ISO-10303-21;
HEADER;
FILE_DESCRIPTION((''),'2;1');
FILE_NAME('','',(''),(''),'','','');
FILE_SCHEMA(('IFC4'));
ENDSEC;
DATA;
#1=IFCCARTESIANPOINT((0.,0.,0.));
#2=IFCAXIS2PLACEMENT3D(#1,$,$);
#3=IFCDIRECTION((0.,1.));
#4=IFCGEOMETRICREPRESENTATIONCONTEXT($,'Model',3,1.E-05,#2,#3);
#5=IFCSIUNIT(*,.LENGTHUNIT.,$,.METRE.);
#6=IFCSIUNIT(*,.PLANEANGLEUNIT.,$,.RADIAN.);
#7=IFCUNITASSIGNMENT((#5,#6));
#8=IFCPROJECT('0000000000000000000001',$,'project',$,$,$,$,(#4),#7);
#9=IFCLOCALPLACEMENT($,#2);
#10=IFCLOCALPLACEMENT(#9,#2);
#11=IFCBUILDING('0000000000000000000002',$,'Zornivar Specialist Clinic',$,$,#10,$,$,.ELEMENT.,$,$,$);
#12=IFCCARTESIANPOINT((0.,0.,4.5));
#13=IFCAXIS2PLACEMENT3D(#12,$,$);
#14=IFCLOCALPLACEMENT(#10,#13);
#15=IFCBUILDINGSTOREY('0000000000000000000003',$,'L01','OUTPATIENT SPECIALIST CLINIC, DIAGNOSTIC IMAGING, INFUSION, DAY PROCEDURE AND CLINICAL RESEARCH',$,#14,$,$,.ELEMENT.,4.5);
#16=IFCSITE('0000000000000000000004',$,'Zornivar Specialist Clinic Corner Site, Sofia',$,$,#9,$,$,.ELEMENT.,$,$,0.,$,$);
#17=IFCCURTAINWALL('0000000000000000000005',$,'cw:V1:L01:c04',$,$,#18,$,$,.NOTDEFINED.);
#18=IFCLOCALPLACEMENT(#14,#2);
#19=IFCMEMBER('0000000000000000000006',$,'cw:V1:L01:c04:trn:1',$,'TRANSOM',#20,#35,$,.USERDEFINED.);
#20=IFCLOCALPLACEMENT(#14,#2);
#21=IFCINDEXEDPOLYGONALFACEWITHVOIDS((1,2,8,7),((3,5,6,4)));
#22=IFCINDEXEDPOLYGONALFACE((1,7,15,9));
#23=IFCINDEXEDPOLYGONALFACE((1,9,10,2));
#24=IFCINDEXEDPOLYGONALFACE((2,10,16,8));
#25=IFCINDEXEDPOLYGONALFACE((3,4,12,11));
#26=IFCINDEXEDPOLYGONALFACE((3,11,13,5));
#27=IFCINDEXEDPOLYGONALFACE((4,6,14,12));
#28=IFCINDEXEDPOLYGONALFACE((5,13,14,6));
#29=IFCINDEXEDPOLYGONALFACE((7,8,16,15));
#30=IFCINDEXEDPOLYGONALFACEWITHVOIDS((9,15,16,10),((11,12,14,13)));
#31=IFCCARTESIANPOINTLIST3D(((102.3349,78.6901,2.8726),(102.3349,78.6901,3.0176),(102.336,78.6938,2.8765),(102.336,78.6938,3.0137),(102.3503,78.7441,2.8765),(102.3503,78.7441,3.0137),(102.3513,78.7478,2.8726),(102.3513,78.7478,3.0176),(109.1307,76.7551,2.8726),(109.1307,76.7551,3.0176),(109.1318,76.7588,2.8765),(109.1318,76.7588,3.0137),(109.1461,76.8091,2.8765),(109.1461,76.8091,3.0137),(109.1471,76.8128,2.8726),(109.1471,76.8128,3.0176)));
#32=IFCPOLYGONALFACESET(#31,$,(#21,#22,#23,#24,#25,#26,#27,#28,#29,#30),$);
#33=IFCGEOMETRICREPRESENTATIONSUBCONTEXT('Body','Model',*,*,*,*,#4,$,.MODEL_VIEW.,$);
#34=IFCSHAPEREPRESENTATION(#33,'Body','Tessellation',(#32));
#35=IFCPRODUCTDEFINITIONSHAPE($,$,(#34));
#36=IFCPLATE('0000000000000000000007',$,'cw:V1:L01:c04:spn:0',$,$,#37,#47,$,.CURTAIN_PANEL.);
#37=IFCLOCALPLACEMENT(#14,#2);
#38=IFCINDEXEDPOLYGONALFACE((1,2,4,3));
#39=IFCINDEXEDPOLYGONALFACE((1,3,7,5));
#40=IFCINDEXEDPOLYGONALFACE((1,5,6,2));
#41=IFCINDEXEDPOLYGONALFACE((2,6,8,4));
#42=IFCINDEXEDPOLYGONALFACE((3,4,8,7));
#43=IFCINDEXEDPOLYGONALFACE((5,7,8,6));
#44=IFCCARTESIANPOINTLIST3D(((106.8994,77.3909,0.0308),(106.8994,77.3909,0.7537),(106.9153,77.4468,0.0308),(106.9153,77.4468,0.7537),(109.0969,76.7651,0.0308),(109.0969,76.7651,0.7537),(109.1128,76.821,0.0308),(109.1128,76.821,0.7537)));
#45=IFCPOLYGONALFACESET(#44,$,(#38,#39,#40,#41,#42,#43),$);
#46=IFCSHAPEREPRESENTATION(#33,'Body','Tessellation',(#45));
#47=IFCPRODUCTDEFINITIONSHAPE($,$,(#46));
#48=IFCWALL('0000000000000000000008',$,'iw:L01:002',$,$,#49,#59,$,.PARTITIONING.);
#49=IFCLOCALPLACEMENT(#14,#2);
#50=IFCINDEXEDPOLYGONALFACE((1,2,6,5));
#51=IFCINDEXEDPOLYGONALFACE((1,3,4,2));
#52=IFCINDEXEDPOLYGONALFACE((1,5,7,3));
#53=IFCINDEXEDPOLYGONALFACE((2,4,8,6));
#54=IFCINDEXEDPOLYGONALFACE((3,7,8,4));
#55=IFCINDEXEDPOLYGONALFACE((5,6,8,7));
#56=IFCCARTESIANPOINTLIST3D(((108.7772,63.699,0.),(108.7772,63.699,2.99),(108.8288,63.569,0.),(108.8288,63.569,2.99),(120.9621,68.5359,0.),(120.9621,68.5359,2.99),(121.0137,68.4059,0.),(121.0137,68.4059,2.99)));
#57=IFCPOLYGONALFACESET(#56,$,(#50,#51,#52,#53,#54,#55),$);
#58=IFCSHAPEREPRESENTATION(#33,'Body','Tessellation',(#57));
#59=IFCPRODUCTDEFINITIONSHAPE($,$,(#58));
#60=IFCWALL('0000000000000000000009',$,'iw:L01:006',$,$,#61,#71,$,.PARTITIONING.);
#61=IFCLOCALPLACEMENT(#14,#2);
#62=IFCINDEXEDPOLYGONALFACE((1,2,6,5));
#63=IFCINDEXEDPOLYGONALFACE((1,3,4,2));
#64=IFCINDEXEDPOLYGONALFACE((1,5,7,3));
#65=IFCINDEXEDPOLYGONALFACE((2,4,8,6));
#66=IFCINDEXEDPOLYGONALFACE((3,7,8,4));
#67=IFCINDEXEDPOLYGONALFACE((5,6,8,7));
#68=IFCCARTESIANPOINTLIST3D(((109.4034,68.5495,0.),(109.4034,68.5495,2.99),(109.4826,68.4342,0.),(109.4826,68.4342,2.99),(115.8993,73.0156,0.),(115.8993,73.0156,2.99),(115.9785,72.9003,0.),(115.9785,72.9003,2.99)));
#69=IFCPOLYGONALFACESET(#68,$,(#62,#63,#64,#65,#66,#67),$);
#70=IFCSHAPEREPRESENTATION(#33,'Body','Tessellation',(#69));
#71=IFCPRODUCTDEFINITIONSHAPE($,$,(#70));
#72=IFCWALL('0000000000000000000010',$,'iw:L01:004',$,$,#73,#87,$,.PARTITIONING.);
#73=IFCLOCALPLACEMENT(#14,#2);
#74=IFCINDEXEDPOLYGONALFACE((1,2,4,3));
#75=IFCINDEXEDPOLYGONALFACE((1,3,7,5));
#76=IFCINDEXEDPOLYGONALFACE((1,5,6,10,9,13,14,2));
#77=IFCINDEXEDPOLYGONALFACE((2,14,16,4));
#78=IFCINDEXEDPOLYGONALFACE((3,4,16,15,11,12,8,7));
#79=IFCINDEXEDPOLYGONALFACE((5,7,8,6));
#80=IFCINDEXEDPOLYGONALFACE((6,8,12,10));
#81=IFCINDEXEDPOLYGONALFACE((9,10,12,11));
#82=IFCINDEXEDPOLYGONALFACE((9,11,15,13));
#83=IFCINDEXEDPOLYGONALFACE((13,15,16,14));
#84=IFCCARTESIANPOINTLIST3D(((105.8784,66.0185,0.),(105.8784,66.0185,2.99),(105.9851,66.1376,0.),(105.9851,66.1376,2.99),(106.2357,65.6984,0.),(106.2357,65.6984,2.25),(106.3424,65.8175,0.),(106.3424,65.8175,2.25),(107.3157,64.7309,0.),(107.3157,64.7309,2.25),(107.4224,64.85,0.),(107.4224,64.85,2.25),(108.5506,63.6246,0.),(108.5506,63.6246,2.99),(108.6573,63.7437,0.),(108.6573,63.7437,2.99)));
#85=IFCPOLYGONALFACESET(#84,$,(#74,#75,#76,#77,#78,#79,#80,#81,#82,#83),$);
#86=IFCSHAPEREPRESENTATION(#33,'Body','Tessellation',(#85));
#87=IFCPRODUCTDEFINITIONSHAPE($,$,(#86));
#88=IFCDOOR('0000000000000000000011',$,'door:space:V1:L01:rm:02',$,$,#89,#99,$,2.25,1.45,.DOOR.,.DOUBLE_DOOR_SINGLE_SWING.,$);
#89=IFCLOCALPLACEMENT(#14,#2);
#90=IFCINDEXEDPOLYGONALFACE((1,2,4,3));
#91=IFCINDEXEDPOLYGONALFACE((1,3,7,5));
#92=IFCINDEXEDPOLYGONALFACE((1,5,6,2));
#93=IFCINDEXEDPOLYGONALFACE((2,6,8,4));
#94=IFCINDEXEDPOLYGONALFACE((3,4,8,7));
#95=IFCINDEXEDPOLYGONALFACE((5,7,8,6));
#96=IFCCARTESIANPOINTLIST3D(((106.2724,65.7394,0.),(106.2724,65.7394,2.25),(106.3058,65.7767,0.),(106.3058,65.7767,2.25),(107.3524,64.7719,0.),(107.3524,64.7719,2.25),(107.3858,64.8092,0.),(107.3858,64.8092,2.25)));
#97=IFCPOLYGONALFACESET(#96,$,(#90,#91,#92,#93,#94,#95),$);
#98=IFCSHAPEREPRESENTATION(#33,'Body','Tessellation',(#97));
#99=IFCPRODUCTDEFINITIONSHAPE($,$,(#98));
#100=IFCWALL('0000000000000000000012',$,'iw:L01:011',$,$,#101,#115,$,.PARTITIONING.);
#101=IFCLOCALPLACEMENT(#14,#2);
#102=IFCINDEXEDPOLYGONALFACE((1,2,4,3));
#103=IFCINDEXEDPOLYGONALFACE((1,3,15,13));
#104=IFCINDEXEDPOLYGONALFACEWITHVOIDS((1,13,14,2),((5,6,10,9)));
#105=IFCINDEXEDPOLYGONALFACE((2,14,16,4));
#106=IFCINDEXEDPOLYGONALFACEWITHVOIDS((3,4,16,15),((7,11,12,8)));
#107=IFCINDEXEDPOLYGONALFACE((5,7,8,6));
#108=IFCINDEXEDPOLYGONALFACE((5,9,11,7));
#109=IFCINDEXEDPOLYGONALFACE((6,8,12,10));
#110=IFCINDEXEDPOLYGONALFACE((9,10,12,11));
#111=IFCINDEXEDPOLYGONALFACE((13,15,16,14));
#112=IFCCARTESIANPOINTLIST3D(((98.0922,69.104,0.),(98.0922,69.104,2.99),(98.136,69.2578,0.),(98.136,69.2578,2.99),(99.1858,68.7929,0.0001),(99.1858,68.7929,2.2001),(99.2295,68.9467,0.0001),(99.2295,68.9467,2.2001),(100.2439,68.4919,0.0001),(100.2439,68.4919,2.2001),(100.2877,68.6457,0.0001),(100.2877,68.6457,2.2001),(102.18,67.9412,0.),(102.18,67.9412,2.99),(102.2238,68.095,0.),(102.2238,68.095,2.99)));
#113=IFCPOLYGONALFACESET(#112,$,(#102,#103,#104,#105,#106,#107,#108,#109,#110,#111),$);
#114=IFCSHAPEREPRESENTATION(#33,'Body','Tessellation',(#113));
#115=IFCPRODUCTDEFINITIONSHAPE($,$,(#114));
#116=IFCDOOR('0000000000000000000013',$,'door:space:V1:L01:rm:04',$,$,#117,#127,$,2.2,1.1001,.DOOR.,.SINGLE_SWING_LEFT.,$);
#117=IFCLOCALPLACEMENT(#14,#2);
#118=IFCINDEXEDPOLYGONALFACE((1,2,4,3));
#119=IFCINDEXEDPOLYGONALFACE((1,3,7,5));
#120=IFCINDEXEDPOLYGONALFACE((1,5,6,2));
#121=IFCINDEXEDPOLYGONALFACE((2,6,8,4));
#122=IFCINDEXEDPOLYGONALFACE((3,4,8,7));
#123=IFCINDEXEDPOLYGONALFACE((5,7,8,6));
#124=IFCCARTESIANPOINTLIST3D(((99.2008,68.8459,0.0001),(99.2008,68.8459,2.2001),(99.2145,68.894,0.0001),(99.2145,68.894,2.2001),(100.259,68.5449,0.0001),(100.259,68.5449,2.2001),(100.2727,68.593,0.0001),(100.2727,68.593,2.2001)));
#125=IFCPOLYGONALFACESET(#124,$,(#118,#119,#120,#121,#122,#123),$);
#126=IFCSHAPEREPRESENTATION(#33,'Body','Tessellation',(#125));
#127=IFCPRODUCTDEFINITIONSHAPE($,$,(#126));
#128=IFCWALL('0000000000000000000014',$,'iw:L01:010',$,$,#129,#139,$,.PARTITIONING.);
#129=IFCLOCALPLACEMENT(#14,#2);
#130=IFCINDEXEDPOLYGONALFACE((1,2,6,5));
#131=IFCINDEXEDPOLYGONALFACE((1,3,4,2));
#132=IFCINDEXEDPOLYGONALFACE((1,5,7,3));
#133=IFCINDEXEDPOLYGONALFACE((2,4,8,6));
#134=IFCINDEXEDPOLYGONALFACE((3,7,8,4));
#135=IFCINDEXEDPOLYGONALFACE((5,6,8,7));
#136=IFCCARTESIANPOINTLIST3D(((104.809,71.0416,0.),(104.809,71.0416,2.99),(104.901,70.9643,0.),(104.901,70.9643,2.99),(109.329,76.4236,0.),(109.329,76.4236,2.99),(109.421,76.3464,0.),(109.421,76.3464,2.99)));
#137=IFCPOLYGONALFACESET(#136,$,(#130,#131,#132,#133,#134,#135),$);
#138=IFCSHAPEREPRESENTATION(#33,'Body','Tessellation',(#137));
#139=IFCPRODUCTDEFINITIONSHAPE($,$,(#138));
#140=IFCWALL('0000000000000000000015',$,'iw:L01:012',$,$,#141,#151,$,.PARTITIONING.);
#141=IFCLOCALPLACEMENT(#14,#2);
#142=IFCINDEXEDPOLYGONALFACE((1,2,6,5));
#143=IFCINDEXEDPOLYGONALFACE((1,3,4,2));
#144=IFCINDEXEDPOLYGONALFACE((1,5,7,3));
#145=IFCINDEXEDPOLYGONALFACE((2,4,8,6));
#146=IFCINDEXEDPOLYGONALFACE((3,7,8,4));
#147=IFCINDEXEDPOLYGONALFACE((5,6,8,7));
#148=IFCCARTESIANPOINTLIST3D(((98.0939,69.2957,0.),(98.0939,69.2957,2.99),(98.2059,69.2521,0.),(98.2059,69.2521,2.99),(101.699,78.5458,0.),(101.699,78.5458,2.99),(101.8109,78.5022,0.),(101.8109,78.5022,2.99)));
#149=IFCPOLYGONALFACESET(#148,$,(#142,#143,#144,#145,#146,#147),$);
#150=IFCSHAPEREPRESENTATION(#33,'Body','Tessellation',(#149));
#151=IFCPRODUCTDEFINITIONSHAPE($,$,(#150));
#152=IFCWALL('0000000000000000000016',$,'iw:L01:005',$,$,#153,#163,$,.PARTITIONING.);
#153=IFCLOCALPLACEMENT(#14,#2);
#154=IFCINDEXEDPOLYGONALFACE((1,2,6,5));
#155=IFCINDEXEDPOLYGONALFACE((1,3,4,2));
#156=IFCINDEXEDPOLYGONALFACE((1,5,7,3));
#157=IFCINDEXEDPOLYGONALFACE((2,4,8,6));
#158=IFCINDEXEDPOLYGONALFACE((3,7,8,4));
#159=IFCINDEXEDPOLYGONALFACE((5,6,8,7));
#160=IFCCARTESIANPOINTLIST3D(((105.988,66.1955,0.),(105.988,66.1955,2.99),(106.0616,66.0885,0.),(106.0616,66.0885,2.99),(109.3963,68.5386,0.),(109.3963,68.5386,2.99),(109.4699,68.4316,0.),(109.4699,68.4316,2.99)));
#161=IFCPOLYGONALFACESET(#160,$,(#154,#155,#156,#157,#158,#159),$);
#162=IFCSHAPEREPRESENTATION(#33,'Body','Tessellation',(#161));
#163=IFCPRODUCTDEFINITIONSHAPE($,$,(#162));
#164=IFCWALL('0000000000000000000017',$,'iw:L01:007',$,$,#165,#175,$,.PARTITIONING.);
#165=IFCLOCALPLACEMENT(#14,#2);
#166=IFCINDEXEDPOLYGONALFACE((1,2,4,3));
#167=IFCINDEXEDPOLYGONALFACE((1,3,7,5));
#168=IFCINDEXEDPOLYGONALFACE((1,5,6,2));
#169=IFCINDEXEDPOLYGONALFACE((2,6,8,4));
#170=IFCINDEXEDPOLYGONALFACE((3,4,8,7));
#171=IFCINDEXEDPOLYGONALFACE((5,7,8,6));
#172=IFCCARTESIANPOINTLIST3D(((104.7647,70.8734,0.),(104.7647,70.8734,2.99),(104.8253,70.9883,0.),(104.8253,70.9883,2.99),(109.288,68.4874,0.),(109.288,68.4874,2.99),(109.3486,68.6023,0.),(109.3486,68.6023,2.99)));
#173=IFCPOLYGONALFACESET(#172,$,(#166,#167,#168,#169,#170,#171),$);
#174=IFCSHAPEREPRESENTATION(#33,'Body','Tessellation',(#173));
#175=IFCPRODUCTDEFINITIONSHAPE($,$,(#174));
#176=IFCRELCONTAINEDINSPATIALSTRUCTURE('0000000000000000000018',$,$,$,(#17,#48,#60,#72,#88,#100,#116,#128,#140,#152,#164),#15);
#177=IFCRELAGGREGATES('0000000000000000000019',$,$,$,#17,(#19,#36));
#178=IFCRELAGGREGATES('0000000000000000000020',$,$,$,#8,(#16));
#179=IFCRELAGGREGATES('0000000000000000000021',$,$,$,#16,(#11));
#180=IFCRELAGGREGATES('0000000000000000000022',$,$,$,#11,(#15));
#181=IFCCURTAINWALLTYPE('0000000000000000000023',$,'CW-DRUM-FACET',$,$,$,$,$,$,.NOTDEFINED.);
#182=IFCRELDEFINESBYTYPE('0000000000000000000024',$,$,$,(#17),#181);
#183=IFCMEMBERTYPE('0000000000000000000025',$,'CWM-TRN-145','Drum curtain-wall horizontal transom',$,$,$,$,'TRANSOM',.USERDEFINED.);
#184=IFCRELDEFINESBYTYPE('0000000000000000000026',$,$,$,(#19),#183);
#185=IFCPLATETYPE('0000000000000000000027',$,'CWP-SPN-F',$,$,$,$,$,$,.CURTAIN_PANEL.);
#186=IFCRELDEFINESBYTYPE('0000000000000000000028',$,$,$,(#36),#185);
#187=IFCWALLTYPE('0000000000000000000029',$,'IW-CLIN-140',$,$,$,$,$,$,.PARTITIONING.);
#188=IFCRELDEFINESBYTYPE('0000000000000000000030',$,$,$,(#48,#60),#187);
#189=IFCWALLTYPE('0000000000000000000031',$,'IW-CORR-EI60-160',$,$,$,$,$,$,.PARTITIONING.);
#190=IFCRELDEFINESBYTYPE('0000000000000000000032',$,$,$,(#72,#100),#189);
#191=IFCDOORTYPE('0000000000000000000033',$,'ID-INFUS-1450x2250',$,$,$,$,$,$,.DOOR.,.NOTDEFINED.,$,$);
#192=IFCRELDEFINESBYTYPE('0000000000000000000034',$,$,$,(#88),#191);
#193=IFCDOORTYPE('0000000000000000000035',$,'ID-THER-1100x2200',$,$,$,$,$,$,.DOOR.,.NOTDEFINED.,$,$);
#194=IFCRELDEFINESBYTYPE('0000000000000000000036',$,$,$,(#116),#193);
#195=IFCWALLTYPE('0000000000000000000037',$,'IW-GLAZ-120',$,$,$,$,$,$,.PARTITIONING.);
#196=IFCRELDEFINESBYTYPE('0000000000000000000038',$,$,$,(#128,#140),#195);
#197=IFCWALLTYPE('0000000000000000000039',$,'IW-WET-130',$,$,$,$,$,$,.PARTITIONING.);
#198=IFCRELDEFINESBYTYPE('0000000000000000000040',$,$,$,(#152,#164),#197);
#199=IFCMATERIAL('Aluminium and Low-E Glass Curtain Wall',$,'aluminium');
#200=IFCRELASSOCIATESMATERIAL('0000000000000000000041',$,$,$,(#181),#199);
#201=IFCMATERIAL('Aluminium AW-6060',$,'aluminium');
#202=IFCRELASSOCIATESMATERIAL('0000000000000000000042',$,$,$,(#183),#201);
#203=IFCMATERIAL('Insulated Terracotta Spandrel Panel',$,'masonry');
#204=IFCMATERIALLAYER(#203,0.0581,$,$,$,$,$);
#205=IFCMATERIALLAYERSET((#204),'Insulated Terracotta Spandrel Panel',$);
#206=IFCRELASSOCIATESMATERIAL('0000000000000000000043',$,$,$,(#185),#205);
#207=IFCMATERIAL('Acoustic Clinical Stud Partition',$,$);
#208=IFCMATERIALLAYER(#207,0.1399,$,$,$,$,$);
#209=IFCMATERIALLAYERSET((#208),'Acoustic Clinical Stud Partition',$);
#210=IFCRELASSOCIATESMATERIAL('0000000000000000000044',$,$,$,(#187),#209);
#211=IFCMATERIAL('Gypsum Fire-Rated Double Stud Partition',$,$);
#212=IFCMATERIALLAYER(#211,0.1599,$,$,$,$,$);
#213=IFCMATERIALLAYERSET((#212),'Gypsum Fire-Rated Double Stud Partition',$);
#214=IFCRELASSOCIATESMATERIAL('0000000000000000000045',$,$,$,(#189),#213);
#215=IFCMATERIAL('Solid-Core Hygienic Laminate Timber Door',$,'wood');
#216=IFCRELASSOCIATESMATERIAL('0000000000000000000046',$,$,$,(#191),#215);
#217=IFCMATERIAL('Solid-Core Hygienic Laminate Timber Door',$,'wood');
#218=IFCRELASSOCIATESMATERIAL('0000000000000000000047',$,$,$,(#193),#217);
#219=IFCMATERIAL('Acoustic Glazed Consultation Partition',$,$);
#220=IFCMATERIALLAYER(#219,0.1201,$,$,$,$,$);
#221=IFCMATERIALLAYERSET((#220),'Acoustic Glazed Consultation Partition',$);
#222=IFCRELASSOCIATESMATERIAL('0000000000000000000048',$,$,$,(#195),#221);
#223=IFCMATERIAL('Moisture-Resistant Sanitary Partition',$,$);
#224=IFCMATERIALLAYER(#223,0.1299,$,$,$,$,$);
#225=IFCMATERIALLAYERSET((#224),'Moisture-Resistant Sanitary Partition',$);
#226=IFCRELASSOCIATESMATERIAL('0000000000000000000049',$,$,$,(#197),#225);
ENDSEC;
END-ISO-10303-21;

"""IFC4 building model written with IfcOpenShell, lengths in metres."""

from ifc_helpers import new_model, si_unit, direction, frame, frame_2d, origin, origin_2d, place, context, subcontext, project, spatial, rectangle, hollow_rectangle, extrude, material, layer, layer_set, material_profile, profile_set, type_object, element, fill, aggregate, save


model = new_model("IFC4")

# Units and contexts
model_context = context("Model", 3, precision=1e-05, world=origin(), true_north=direction((0.0, 1.0)))
body_context = subcontext(model_context, "Body", "Model", "MODEL_VIEW")
ifc_project = project(units=[si_unit("LENGTHUNIT", "METRE"), si_unit("PLANEANGLEUNIT", "RADIAN")], contexts=[model_context])

# Site, building, storey
site_placement = place(None, origin())
site = spatial("IfcSite", under=ifc_project, at=site_placement, Name="Zornivar Specialist Clinic Corner Site, Sofia", CompositionType="ELEMENT", RefElevation=0.0)
building_placement = place(site_placement, origin())
building = spatial("IfcBuilding", under=site, at=building_placement, Name="Zornivar Specialist Clinic", CompositionType="ELEMENT")
storey_placement = place(building_placement, frame((0.0, 0.0, 4.5)))
storey = spatial("IfcBuildingStorey", under=building, at=storey_placement, Name="L01", Description="OUTPATIENT SPECIALIST CLINIC, DIAGNOSTIC IMAGING, INFUSION, DAY PROCEDURE AND CLINICAL RESEARCH", CompositionType="ELEMENT", Elevation=4.5)

# Curtain wall, member, plate
ifc_material_1 = material(Name="Aluminium and Low-E Glass Curtain Wall", Category="aluminium")
curtain_wall_type = type_object("IfcCurtainWallType", Name="CW-DRUM-FACET", PredefinedType="NOTDEFINED", material=ifc_material_1)
curtain_wall_placement = place(storey_placement, origin())
curtain_wall = element("IfcCurtainWall", 1, at=curtain_wall_placement, inside=storey, type_object=curtain_wall_type, Name="cw:V1:L01:c04", PredefinedType="NOTDEFINED")
ifc_material_2 = material(Name="Aluminium AW-6060", Category="aluminium")
ifc_material_profile_1 = material_profile(ifc_material_2, hollow_rectangle(XDim=0.0601, YDim=0.145, WallThickness=0.0039, at=origin_2d()), Name="ALU 60x145x4")
ifc_profile_set_1 = profile_set([ifc_material_profile_1], Name="Aluminium AW-6060")
member_type_1 = type_object("IfcMemberType", Name="CWM-TRN-145", Description="Drum curtain-wall horizontal transom", ElementType="TRANSOM", PredefinedType="USERDEFINED", material=ifc_profile_set_1)
member_1_placement = place(storey_placement, frame((109.1389, 76.7839, 2.9451), z_axis=(-0.961771, 0.273854, 0.0), x_axis=(-0.273854, -0.961771, 0.0)))
member_1 = element("IfcMember", 2, at=member_1_placement, type_object=member_type_1, Name="cw:V1:L01:c04:trn:1", ObjectType="TRANSOM", PredefinedType="USERDEFINED", context=body_context, shape_type="SweptSolid", body=[
    extrude(hollow_rectangle(XDim=0.0601, YDim=0.145, WallThickness=0.0039, at=origin_2d()), origin(), (0.0, 0.0, 1.0), 7.0659),
])
ifc_material_3 = material(Name="Insulated Terracotta Spandrel Panel", Category="masonry")
ifc_layer_1 = layer(ifc_material_3, 0.0581)
ifc_layer_set_1 = layer_set([ifc_layer_1], Name="Insulated Terracotta Spandrel Panel")
plate_type = type_object("IfcPlateType", Name="CWP-SPN-F", PredefinedType="CURTAIN_PANEL", material=ifc_layer_set_1)
plate_placement = place(storey_placement, frame((108.0061, 77.106, 0.0308), z_axis=(0.0, 0.0, 1.0), x_axis=(-0.961761, 0.273889, 0.0)))
plate = element("IfcPlate", 3, at=plate_placement, type_object=plate_type, Name="cw:V1:L01:c04:spn:0", PredefinedType="CURTAIN_PANEL", context=body_context, shape_type="SweptSolid", body=[
    extrude(rectangle(XDim=2.2849, YDim=0.0581, at=origin_2d()), origin(), (0.0, 0.0, 1.0), 0.7229),
])
aggregate(curtain_wall, [member_1, plate])

# Walls
ifc_material_4 = material(Name="Acoustic Clinical Stud Partition")
ifc_layer_2 = layer(ifc_material_4, 0.1399)
ifc_layer_set_2 = layer_set([ifc_layer_2], Name="Acoustic Clinical Stud Partition")
wall_type_1 = type_object("IfcWallType", Name="IW-CLIN-140", PredefinedType="PARTITIONING", material=ifc_layer_set_2)
wall_1_placement = place(storey_placement, frame((108.803, 63.634, 0.0), z_axis=(0.0, 0.0, 1.0), x_axis=(0.92945, 0.368949, 0.0)))
element("IfcWall", 4, at=wall_1_placement, inside=storey, type_object=wall_type_1, Name="iw:L01:002", PredefinedType="PARTITIONING", context=body_context, shape_type="SweptSolid", body=[
    extrude(rectangle(XDim=13.1099, YDim=0.1399, at=frame_2d((6.5549, 0.0))), origin(), (0.0, 0.0, 1.0), 2.99),
])
wall_2_placement = place(storey_placement, frame((109.4431, 68.4919, 0.0), z_axis=(0.0, 0.0, 1.0), x_axis=(0.824032, 0.566543, 0.0)))
element("IfcWall", 5, at=wall_2_placement, inside=storey, type_object=wall_type_1, Name="iw:L01:006", PredefinedType="PARTITIONING", context=body_context, shape_type="SweptSolid", body=[
    extrude(rectangle(XDim=7.8831, YDim=0.1399, at=frame_2d((3.9414, 0.0))), origin(), (0.0, 0.0, 1.0), 2.99),
])

# Walls, openings, doors
ifc_material_5 = material(Name="Gypsum Fire-Rated Double Stud Partition")
ifc_layer_3 = layer(ifc_material_5, 0.1599)
ifc_layer_set_3 = layer_set([ifc_layer_3], Name="Gypsum Fire-Rated Double Stud Partition")
wall_type_2 = type_object("IfcWallType", Name="IW-CORR-EI60-160", PredefinedType="PARTITIONING", material=ifc_layer_set_3)
wall_3_placement = place(storey_placement, frame((108.604, 63.6841, 0.0), z_axis=(0.0, 0.0, 1.0), x_axis=(-0.744832, 0.667252, 0.0)))
wall_3 = element("IfcWall", 6, at=wall_3_placement, inside=storey, type_object=wall_type_2, Name="iw:L01:004", PredefinedType="PARTITIONING", context=body_context, shape_type="SweptSolid", body=[
    extrude(rectangle(XDim=3.5876, YDim=0.1599, at=frame_2d((1.7939, 0.0))), origin(), (0.0, 0.0, 1.0), 2.99),
])
opening_1_placement = place(wall_3_placement, frame((1.658, 0.0, 0.0)))
opening_1 = element("IfcOpeningElement", 7, at=opening_1_placement, cuts=wall_3, PredefinedType="OPENING", context=body_context, shape_type="SweptSolid", body=[
    extrude(rectangle(XDim=1.45, YDim=2.25, at=frame_2d((0.7251, 1.125))), frame((0.0, 0.0898, 0.0), z_axis=(0.0, -1.0, 0.0), x_axis=(1.0, 0.0, 0.0)), (0.0, 0.0, 1.0), 0.1799),
])
ifc_material_6 = material(Name="Solid-Core Hygienic Laminate Timber Door", Category="wood")
door_type_1 = type_object("IfcDoorType", Name="ID-INFUS-1450x2250", OperationType="NOTDEFINED", PredefinedType="DOOR", material=ifc_material_6)
door_1_placement = place(opening_1_placement, origin())
door_1 = element("IfcDoor", 8, at=door_1_placement, inside=storey, type_object=door_type_1, Name="door:space:V1:L01:rm:02", OperationType="DOUBLE_DOOR_SINGLE_SWING", OverallHeight=2.25, OverallWidth=1.45, PredefinedType="DOOR", context=body_context, shape_type="SweptSolid", body=[
    extrude(rectangle(XDim=1.45, YDim=2.25, at=frame_2d((0.7251, 1.125))), frame((0.0, 0.0249, 0.0), z_axis=(0.0, -1.0, 0.0), x_axis=(1.0, 0.0, 0.0)), (0.0, 0.0, 1.0), 0.05),
])
fill(opening_1, door_1)
wall_4_placement = place(storey_placement, frame((102.2019, 68.0181, 0.0), z_axis=(0.0, 0.0, 1.0), x_axis=(-0.961842, 0.273606, 0.0)))
wall_4 = element("IfcWall", 9, at=wall_4_placement, inside=storey, type_object=wall_type_2, Name="iw:L01:011", PredefinedType="PARTITIONING", context=body_context, shape_type="SweptSolid", body=[
    extrude(rectangle(XDim=4.25, YDim=0.1599, at=frame_2d((2.125, 0.0))), origin(), (0.0, 0.0, 1.0), 2.99),
])
opening_2_placement = place(wall_4_placement, frame((2.0129, 0.0, 0.0)))
opening_2 = element("IfcOpeningElement", 10, at=opening_2_placement, cuts=wall_4, PredefinedType="OPENING", context=body_context, shape_type="SweptSolid", body=[
    extrude(rectangle(XDim=1.1001, YDim=2.2, at=frame_2d((0.55, 1.1001))), frame((0.0, 0.0898, 0.0), z_axis=(0.0, -1.0, 0.0), x_axis=(1.0, 0.0, 0.0)), (0.0, 0.0, 1.0), 0.1799),
])
ifc_material_7 = material(Name="Solid-Core Hygienic Laminate Timber Door", Category="wood")
door_type_2 = type_object("IfcDoorType", Name="ID-THER-1100x2200", OperationType="NOTDEFINED", PredefinedType="DOOR", material=ifc_material_7)
door_2_placement = place(opening_2_placement, origin())
door_2 = element("IfcDoor", 11, at=door_2_placement, inside=storey, type_object=door_type_2, Name="door:space:V1:L01:rm:04", OperationType="SINGLE_SWING_LEFT", OverallHeight=2.2, OverallWidth=1.1001, PredefinedType="DOOR", context=body_context, shape_type="SweptSolid", body=[
    extrude(rectangle(XDim=1.1001, YDim=2.2, at=frame_2d((0.55, 1.1001))), frame((0.0, 0.0249, 0.0), z_axis=(0.0, -1.0, 0.0), x_axis=(1.0, 0.0, 0.0)), (0.0, 0.0, 1.0), 0.05),
])
fill(opening_2, door_2)

# Walls
ifc_material_8 = material(Name="Acoustic Glazed Consultation Partition")
ifc_layer_4 = layer(ifc_material_8, 0.1201)
ifc_layer_set_4 = layer_set([ifc_layer_4], Name="Acoustic Glazed Consultation Partition")
wall_type_3 = type_object("IfcWallType", Name="IW-GLAZ-120", PredefinedType="PARTITIONING", material=ifc_layer_set_4)
wall_5_placement = place(storey_placement, frame((109.375, 76.385, 0.0), z_axis=(0.0, 0.0, 1.0), x_axis=(-0.643115, -0.76577, 0.0)))
element("IfcWall", 12, at=wall_5_placement, inside=storey, type_object=wall_type_3, Name="iw:L01:010", PredefinedType="PARTITIONING", context=body_context, shape_type="SweptSolid", body=[
    extrude(rectangle(XDim=7.0283, YDim=0.1201, at=frame_2d((3.5142, 0.0))), origin(), (0.0, 0.0, 1.0), 2.99),
])
wall_6_placement = place(storey_placement, frame((98.1499, 69.2739, 0.0), z_axis=(0.0, 0.0, 1.0), x_axis=(0.363125, 0.93174, 0.0)))
element("IfcWall", 13, at=wall_6_placement, inside=storey, type_object=wall_type_3, Name="iw:L01:012", PredefinedType="PARTITIONING", context=body_context, shape_type="SweptSolid", body=[
    extrude(rectangle(XDim=9.9277, YDim=0.1201, at=frame_2d((4.9639, 0.0))), origin(), (0.0, 0.0, 1.0), 2.99),
])
ifc_material_9 = material(Name="Moisture-Resistant Sanitary Partition")
ifc_layer_5 = layer(ifc_material_9, 0.1299)
ifc_layer_set_5 = layer_set([ifc_layer_5], Name="Moisture-Resistant Sanitary Partition")
wall_type_4 = type_object("IfcWallType", Name="IW-WET-130", PredefinedType="PARTITIONING", material=ifc_layer_set_5)
wall_7_placement = place(storey_placement, frame((106.0249, 66.1421, 0.0), z_axis=(0.0, 0.0, 1.0), x_axis=(0.824056, 0.566509, 0.0)))
element("IfcWall", 14, at=wall_7_placement, inside=storey, type_object=wall_type_4, Name="iw:L01:005", PredefinedType="PARTITIONING", context=body_context, shape_type="SweptSolid", body=[
    extrude(rectangle(XDim=4.136, YDim=0.1299, at=frame_2d((2.0679, 0.0))), origin(), (0.0, 0.0, 1.0), 2.99),
])
wall_8_placement = place(storey_placement, frame((104.7949, 70.9309, 0.0), z_axis=(0.0, 0.0, 1.0), x_axis=(0.884486, -0.466567, 0.0)))
element("IfcWall", 15, at=wall_8_placement, inside=storey, type_object=wall_type_4, Name="iw:L01:007", PredefinedType="PARTITIONING", context=body_context, shape_type="SweptSolid", body=[
    extrude(rectangle(XDim=5.114, YDim=0.1299, at=frame_2d((2.5571, 0.0))), origin(), (0.0, 0.0, 1.0), 2.99),
])

save(model, "model.ifc")
